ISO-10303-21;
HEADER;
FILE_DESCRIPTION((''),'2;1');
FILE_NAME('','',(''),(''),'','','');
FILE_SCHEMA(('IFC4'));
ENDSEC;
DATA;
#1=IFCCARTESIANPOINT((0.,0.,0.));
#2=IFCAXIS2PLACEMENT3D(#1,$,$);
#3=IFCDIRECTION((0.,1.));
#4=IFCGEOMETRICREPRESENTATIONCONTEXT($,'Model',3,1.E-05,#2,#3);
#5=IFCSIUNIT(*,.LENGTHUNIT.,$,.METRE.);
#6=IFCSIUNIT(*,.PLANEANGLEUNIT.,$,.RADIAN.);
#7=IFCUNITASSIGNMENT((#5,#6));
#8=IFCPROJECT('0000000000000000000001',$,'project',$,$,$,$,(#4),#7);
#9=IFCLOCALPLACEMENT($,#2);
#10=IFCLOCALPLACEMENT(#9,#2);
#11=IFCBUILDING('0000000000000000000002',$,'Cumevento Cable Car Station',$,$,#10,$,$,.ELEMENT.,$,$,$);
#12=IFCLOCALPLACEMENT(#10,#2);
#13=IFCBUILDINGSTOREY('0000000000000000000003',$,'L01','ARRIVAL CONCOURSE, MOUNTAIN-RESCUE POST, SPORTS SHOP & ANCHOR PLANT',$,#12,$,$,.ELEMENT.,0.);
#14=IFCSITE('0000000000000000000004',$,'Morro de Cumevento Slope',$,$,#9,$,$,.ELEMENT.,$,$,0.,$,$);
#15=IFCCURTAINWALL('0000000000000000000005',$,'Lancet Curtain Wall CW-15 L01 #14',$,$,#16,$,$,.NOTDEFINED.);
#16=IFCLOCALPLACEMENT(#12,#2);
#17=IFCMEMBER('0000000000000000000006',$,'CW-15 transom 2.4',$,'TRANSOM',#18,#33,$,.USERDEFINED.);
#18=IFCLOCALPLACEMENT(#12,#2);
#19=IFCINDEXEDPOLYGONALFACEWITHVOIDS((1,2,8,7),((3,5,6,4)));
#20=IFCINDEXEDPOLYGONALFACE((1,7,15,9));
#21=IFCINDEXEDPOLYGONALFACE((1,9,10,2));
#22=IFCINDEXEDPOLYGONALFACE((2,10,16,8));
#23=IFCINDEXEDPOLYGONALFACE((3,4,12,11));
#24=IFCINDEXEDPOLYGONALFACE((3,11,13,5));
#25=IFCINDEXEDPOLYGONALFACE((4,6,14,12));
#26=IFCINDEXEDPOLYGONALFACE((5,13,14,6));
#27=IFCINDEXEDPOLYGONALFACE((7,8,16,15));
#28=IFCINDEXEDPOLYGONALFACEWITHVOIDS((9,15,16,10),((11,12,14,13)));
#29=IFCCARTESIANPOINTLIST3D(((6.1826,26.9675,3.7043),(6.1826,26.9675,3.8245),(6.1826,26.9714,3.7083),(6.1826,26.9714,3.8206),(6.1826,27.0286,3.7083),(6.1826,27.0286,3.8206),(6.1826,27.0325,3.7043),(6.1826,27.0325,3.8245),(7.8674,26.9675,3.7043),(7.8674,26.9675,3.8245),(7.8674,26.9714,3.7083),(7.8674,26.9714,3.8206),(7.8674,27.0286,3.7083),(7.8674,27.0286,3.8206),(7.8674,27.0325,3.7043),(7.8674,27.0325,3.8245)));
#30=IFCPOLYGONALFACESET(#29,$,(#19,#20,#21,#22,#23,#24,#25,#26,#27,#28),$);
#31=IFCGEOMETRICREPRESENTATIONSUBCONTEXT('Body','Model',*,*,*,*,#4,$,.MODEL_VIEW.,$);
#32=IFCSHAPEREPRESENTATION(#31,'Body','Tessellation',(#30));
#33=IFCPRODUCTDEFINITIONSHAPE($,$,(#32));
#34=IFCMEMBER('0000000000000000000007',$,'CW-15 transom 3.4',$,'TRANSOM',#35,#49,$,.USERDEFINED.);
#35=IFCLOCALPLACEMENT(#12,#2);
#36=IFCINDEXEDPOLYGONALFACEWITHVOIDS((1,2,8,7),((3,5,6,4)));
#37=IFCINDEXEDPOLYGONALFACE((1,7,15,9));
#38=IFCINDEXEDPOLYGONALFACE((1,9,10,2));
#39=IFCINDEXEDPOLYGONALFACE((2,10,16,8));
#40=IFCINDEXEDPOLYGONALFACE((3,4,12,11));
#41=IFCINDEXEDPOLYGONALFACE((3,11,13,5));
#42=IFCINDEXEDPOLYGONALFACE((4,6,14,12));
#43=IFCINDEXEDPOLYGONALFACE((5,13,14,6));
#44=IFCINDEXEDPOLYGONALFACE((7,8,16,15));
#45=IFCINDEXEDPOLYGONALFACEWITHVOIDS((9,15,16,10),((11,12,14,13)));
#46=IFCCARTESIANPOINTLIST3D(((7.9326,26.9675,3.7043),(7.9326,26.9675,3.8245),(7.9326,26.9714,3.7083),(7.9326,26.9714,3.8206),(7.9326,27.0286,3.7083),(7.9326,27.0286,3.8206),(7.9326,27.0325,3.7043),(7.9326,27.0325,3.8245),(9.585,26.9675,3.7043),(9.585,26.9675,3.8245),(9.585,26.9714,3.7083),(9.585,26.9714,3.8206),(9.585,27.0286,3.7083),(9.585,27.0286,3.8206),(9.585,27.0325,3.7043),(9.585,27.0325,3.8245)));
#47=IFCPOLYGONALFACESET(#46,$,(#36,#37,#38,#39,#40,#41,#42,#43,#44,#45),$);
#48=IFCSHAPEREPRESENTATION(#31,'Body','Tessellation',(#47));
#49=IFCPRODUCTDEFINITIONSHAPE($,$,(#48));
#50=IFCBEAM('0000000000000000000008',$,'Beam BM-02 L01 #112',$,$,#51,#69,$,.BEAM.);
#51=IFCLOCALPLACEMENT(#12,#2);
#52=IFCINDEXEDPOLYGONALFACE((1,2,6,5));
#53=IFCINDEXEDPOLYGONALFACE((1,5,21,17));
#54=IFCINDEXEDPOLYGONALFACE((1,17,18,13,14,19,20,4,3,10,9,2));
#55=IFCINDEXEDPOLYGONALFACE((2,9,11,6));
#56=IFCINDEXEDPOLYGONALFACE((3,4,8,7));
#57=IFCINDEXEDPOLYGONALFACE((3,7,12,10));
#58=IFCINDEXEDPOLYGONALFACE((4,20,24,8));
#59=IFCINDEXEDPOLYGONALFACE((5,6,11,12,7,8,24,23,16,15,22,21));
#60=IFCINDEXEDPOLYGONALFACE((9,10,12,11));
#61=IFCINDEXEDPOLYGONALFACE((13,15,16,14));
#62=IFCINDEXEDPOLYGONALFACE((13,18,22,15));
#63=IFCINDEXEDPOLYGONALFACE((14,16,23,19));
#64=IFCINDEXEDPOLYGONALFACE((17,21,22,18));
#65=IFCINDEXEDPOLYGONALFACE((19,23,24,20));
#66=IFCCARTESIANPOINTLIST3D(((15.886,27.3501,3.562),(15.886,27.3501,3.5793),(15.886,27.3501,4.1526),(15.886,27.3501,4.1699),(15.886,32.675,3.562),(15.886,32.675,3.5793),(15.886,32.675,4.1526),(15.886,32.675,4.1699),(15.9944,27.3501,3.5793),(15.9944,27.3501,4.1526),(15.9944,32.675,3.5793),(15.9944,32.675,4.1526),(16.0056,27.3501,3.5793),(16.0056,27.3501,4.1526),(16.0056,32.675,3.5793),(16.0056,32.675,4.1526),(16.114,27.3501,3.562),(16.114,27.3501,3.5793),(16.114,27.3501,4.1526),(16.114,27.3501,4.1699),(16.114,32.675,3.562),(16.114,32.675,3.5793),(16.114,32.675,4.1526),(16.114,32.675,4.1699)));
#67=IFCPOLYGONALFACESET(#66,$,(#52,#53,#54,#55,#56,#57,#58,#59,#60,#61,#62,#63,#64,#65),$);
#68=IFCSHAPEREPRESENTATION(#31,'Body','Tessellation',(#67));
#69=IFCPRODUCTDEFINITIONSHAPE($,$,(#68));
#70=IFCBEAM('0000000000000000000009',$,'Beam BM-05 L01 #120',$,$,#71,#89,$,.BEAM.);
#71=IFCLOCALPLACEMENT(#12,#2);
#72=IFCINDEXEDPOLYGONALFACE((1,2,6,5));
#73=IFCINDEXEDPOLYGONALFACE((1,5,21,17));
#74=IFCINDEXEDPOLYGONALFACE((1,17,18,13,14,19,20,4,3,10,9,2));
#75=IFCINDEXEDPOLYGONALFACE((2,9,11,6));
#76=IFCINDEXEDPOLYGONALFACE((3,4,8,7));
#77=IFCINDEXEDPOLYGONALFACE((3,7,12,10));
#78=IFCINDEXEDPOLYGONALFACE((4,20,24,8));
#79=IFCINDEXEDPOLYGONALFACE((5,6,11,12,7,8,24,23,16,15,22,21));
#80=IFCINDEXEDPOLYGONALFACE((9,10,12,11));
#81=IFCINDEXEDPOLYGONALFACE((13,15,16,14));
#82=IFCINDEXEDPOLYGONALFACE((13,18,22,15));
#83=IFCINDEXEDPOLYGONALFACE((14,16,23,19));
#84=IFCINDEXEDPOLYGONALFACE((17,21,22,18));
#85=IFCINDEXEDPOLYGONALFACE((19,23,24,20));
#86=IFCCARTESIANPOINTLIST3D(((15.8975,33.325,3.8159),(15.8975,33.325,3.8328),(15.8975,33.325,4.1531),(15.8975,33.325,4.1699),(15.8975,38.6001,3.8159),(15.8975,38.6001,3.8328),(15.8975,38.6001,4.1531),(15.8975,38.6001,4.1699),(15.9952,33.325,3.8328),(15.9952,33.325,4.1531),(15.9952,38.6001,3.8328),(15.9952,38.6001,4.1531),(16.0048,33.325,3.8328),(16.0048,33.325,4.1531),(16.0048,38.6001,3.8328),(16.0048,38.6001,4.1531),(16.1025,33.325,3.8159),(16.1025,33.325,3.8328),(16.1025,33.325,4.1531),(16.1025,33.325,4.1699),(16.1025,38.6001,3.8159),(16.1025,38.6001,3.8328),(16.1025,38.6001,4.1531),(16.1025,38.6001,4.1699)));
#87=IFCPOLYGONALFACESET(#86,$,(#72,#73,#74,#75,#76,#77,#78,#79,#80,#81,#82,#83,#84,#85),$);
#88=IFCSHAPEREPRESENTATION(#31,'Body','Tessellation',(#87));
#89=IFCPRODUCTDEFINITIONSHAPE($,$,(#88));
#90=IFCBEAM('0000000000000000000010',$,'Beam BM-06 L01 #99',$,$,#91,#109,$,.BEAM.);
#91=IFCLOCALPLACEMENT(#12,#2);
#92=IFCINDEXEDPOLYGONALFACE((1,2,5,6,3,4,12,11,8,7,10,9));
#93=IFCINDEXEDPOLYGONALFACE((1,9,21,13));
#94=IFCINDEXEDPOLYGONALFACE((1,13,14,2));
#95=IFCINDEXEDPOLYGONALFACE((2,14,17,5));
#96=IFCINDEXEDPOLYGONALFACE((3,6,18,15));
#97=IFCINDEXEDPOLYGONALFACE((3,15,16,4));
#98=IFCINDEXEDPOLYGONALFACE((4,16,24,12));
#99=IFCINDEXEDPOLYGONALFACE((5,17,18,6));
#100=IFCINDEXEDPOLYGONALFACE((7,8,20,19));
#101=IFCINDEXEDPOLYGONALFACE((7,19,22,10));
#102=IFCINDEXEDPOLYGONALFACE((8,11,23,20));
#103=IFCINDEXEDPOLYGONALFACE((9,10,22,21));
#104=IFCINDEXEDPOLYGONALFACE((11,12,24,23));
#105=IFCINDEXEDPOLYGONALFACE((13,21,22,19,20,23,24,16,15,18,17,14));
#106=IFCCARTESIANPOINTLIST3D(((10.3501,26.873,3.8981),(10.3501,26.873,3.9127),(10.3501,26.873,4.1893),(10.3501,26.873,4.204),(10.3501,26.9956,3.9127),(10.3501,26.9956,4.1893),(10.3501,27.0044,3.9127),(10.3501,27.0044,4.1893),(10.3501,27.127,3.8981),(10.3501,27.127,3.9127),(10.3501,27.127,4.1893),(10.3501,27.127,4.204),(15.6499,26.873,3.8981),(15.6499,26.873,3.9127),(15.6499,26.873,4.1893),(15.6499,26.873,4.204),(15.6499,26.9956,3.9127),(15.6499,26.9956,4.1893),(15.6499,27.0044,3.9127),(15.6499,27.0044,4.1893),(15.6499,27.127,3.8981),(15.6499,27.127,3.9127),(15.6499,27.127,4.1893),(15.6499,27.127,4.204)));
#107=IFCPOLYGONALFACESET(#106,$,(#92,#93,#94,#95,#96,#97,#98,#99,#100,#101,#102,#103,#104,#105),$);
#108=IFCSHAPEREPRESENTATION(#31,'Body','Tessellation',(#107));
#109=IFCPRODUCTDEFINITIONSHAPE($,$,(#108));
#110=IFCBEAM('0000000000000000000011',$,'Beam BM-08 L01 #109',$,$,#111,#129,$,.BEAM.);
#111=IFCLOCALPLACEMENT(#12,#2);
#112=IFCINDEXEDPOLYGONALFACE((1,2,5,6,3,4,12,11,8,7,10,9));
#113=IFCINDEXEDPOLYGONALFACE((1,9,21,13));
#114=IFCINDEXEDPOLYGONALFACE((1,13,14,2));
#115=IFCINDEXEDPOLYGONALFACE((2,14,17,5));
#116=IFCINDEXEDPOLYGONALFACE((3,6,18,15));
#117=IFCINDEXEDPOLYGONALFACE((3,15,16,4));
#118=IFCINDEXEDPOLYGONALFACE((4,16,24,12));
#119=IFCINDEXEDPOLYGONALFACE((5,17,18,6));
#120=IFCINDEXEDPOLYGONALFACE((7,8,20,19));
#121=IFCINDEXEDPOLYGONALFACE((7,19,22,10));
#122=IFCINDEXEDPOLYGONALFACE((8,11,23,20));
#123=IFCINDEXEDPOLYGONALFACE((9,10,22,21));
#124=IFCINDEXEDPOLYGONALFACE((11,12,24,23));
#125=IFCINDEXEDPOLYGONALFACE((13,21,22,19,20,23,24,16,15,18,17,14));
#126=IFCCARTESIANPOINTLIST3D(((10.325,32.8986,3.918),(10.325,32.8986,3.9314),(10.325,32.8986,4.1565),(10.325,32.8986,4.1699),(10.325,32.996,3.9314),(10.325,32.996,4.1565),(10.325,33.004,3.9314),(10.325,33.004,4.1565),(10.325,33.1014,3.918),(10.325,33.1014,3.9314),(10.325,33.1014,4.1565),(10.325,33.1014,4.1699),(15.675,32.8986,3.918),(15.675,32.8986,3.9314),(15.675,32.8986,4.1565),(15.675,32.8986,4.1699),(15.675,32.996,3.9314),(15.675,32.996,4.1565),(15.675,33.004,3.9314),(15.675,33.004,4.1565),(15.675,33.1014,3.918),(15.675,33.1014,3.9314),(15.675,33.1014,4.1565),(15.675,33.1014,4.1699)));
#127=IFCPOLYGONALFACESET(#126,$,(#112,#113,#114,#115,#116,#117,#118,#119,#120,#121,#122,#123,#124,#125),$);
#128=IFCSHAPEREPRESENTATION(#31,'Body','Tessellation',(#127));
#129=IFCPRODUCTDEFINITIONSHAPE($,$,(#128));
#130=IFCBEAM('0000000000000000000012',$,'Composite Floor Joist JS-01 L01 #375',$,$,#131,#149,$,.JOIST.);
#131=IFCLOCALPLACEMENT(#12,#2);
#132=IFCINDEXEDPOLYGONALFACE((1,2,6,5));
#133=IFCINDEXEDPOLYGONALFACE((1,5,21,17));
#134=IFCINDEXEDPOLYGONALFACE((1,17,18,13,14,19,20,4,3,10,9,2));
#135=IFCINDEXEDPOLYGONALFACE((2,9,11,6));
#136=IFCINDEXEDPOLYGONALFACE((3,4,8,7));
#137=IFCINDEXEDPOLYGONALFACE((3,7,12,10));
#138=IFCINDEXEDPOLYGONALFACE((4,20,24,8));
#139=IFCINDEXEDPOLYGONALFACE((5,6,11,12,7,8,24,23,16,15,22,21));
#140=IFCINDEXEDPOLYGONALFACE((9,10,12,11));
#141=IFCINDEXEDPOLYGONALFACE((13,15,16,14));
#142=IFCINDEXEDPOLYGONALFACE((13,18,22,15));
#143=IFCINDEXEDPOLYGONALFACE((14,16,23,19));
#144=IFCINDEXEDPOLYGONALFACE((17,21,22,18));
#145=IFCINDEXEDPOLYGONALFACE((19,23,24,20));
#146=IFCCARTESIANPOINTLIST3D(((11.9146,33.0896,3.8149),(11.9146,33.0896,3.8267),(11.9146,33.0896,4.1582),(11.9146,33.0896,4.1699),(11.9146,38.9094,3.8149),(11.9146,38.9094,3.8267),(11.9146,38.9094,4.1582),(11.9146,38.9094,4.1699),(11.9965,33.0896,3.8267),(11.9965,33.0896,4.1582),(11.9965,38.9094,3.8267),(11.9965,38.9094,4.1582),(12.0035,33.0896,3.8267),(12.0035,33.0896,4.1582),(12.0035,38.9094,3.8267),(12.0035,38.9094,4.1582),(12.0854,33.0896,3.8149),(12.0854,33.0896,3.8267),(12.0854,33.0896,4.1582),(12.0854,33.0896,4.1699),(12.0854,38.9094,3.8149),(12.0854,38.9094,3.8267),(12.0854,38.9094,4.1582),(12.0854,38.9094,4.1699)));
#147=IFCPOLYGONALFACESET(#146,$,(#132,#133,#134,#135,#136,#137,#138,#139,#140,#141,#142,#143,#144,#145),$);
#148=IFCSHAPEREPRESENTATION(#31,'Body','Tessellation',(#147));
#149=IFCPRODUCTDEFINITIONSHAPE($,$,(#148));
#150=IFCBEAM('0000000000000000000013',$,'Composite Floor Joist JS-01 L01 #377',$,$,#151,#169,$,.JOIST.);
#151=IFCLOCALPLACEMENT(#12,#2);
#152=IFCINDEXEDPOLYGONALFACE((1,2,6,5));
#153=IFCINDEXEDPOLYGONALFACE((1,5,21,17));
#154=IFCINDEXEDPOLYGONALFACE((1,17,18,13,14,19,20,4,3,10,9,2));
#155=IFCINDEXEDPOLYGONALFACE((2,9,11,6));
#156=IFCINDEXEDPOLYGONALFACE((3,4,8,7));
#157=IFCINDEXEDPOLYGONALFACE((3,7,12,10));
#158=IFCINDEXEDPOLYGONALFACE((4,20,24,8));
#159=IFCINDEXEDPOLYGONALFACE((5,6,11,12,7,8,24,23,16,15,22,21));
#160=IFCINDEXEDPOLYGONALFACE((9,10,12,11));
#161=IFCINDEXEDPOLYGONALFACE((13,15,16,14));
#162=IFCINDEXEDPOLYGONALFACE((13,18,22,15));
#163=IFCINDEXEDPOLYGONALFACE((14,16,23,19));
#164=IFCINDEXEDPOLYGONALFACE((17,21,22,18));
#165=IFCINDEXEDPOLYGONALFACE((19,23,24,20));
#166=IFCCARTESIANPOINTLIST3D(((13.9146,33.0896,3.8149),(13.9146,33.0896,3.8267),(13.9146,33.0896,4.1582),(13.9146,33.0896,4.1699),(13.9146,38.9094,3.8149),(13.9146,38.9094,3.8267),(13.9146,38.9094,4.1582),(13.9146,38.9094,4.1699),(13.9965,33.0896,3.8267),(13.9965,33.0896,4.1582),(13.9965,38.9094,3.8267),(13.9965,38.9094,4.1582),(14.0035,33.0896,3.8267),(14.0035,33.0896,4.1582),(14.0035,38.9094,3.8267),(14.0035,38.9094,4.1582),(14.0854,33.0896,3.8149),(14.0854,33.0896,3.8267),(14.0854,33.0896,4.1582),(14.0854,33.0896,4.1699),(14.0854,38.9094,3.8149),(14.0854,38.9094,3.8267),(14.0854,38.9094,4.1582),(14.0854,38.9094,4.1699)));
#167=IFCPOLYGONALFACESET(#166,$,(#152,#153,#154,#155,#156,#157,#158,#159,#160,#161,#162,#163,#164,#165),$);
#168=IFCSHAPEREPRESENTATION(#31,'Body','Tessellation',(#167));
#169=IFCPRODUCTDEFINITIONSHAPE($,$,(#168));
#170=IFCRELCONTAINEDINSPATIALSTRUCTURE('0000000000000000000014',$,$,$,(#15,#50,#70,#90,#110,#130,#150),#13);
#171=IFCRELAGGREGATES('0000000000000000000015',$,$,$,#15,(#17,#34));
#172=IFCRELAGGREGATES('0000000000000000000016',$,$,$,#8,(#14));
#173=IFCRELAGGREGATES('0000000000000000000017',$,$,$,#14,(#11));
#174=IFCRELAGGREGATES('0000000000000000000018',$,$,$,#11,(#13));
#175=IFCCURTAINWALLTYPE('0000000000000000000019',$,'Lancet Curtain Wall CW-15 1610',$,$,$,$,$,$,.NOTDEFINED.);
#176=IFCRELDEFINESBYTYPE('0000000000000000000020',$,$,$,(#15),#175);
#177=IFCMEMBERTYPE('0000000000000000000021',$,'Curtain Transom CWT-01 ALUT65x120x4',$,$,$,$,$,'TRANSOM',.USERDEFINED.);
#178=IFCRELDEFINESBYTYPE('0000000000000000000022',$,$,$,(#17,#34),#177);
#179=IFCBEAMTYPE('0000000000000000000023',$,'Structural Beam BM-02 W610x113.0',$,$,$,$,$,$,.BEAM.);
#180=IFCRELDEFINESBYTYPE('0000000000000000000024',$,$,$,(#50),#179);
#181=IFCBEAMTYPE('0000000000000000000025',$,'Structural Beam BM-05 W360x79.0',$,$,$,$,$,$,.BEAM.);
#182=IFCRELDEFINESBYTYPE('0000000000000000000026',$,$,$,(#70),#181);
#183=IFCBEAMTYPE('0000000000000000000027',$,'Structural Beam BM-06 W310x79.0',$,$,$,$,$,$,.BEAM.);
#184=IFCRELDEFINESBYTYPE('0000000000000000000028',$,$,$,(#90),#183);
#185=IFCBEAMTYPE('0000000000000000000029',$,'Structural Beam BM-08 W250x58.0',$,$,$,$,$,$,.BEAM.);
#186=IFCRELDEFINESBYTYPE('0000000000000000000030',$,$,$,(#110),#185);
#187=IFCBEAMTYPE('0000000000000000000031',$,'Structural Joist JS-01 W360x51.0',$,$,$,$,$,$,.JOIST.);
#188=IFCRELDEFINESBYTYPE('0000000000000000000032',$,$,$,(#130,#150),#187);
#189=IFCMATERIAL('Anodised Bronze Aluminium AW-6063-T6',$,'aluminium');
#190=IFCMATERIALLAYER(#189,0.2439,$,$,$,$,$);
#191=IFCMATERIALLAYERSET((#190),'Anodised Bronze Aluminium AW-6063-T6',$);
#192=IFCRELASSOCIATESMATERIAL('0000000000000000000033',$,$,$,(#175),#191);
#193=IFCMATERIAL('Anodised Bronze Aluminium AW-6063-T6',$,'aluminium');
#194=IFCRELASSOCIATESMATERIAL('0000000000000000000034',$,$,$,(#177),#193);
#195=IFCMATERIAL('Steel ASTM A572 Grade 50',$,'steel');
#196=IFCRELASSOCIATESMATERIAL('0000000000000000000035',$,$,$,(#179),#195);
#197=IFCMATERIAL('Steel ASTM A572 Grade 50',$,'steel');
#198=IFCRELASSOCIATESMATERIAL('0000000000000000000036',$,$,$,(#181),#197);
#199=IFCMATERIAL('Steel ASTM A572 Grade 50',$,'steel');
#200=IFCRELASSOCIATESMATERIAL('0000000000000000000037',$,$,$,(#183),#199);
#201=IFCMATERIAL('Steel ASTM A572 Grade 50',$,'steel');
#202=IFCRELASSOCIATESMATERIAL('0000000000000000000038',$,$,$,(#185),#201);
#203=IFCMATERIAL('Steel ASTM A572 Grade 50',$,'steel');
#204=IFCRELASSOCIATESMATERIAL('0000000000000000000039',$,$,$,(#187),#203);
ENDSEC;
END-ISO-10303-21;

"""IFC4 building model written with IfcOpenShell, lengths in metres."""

from ifc_helpers import new_model, si_unit, direction, frame, origin, origin_2d, place, context, subcontext, project, spatial, hollow_rectangle, i_section, extrude, material, layer, layer_set, material_profile, profile_set, type_object, element, aggregate, save


model = new_model("IFC4")

# Units and contexts
model_context = context("Model", 3, precision=1e-05, world=origin(), true_north=direction((0.0, 1.0)))
body_context = subcontext(model_context, "Body", "Model", "MODEL_VIEW")
ifc_project = project(units=[si_unit("LENGTHUNIT", "METRE"), si_unit("PLANEANGLEUNIT", "RADIAN")], contexts=[model_context])

# Site, building, storey
site_placement = place(None, origin())
site = spatial("IfcSite", under=ifc_project, at=site_placement, Name="Morro de Cumevento Slope", CompositionType="ELEMENT", RefElevation=0.0)
building_placement = place(site_placement, origin())
building = spatial("IfcBuilding", under=site, at=building_placement, Name="Cumevento Cable Car Station", CompositionType="ELEMENT")
storey_placement = place(building_placement, origin())
storey = spatial("IfcBuildingStorey", under=building, at=storey_placement, Name="L01", Description="ARRIVAL CONCOURSE, MOUNTAIN-RESCUE POST, SPORTS SHOP & ANCHOR PLANT", CompositionType="ELEMENT", Elevation=0.0)

# Curtain wall, members
ifc_material_1 = material(Name="Anodised Bronze Aluminium AW-6063-T6", Category="aluminium")
ifc_layer = layer(ifc_material_1, 0.2439)
ifc_layer_set = layer_set([ifc_layer], Name="Anodised Bronze Aluminium AW-6063-T6")
curtain_wall_type = type_object("IfcCurtainWallType", Name="Lancet Curtain Wall CW-15 1610", PredefinedType="NOTDEFINED", material=ifc_layer_set)
curtain_wall_placement = place(storey_placement, origin())
curtain_wall = element("IfcCurtainWall", 1, at=curtain_wall_placement, inside=storey, type_object=curtain_wall_type, Name="Lancet Curtain Wall CW-15 L01 #14", PredefinedType="NOTDEFINED")
ifc_material_2 = material(Name="Anodised Bronze Aluminium AW-6063-T6", Category="aluminium")
ifc_material_profile_1 = material_profile(ifc_material_2, hollow_rectangle(XDim=0.0649, YDim=0.1201, WallThickness=0.0039, at=origin_2d()), Name="ALUT65x120x4")
ifc_profile_set_1 = profile_set([ifc_material_profile_1], Name="Anodised Bronze Aluminium AW-6063-T6")
member_type = type_object("IfcMemberType", Name="Curtain Transom CWT-01 ALUT65x120x4", ElementType="TRANSOM", PredefinedType="USERDEFINED", material=ifc_profile_set_1)
member_1_placement = place(storey_placement, frame((6.1826, 27.0, 3.7644), z_axis=(1.0, 0.0, 0.0), x_axis=(0.0, 1.0, 0.0)))
member_1 = element("IfcMember", 2, at=member_1_placement, type_object=member_type, Name="CW-15 transom 2.4", ObjectType="TRANSOM", PredefinedType="USERDEFINED", context=body_context, shape_type="SweptSolid", body=[
    extrude(hollow_rectangle(XDim=0.0649, YDim=0.1201, WallThickness=0.0039, at=origin_2d()), origin(), (0.0, 0.0, 1.0), 1.6848),
])
member_2_placement = place(storey_placement, frame((7.9326, 27.0, 3.7644), z_axis=(1.0, 0.0, 0.0), x_axis=(0.0, 1.0, 0.0)))
member_2 = element("IfcMember", 3, at=member_2_placement, type_object=member_type, Name="CW-15 transom 3.4", ObjectType="TRANSOM", PredefinedType="USERDEFINED", context=body_context, shape_type="SweptSolid", body=[
    extrude(hollow_rectangle(XDim=0.0649, YDim=0.1201, WallThickness=0.0039, at=origin_2d()), origin(), (0.0, 0.0, 1.0), 1.6523),
])
aggregate(curtain_wall, [member_1, member_2])

# Beams
ifc_material_3 = material(Name="Steel ASTM A572 Grade 50", Category="steel")
ifc_material_profile_2 = material_profile(ifc_material_3, i_section(OverallWidth=0.228, OverallDepth=0.6079, WebThickness=0.0112, FlangeThickness=0.0173, at=origin_2d()), Name="W610x113.0")
ifc_profile_set_2 = profile_set([ifc_material_profile_2], Name="Steel ASTM A572 Grade 50")
beam_type_1 = type_object("IfcBeamType", Name="Structural Beam BM-02 W610x113.0", PredefinedType="BEAM", material=ifc_profile_set_2)
beam_1_placement = place(storey_placement, frame((16.0, 27.3501, 3.866), z_axis=(0.0, 1.0, 0.0), x_axis=(-1.0, 0.0, 0.0)))
element("IfcBeam", 4, at=beam_1_placement, inside=storey, type_object=beam_type_1, Name="Beam BM-02 L01 #112", PredefinedType="BEAM", context=body_context, shape_type="SweptSolid", body=[
    extrude(i_section(OverallWidth=0.228, OverallDepth=0.6079, WebThickness=0.0112, FlangeThickness=0.0173, at=origin_2d()), origin(), (0.0, 0.0, 1.0), 5.325),
])
ifc_material_4 = material(Name="Steel ASTM A572 Grade 50", Category="steel")
ifc_material_profile_3 = material_profile(ifc_material_4, i_section(OverallWidth=0.2051, OverallDepth=0.354, WebThickness=0.0095, FlangeThickness=0.0168, at=origin_2d()), Name="W360x79.0")
ifc_profile_set_3 = profile_set([ifc_material_profile_3], Name="Steel ASTM A572 Grade 50")
beam_type_2 = type_object("IfcBeamType", Name="Structural Beam BM-05 W360x79.0", PredefinedType="BEAM", material=ifc_profile_set_3)
beam_2_placement = place(storey_placement, frame((16.0, 33.325, 3.9929), z_axis=(0.0, 1.0, 0.0), x_axis=(-1.0, 0.0, 0.0)))
element("IfcBeam", 5, at=beam_2_placement, inside=storey, type_object=beam_type_2, Name="Beam BM-05 L01 #120", PredefinedType="BEAM", context=body_context, shape_type="SweptSolid", body=[
    extrude(i_section(OverallWidth=0.2051, OverallDepth=0.354, WebThickness=0.0095, FlangeThickness=0.0168, at=origin_2d()), origin(), (0.0, 0.0, 1.0), 5.2751),
])
ifc_material_5 = material(Name="Steel ASTM A572 Grade 50", Category="steel")
ifc_material_profile_4 = material_profile(ifc_material_5, i_section(OverallWidth=0.2539, OverallDepth=0.3059, WebThickness=0.0088, FlangeThickness=0.0146, at=origin_2d()), Name="W310x79.0")
ifc_profile_set_4 = profile_set([ifc_material_profile_4], Name="Steel ASTM A572 Grade 50")
beam_type_3 = type_object("IfcBeamType", Name="Structural Beam BM-06 W310x79.0", PredefinedType="BEAM", material=ifc_profile_set_4)
beam_3_placement = place(storey_placement, frame((10.3501, 27.0, 4.051), z_axis=(1.0, 0.0, 0.0), x_axis=(0.0, 1.0, 0.0)))
element("IfcBeam", 6, at=beam_3_placement, inside=storey, type_object=beam_type_3, Name="Beam BM-06 L01 #99", PredefinedType="BEAM", context=body_context, shape_type="SweptSolid", body=[
    extrude(i_section(OverallWidth=0.2539, OverallDepth=0.3059, WebThickness=0.0088, FlangeThickness=0.0146, at=origin_2d()), origin(), (0.0, 0.0, 1.0), 5.2998),
])
ifc_material_6 = material(Name="Steel ASTM A572 Grade 50", Category="steel")
ifc_material_profile_5 = material_profile(ifc_material_6, i_section(OverallWidth=0.2029, OverallDepth=0.252, WebThickness=0.0081, FlangeThickness=0.0134, at=origin_2d()), Name="W250x58.0")
ifc_profile_set_5 = profile_set([ifc_material_profile_5], Name="Steel ASTM A572 Grade 50")
beam_type_4 = type_object("IfcBeamType", Name="Structural Beam BM-08 W250x58.0", PredefinedType="BEAM", material=ifc_profile_set_5)
beam_4_placement = place(storey_placement, frame((10.325, 33.0, 4.0439), z_axis=(1.0, 0.0, 0.0), x_axis=(0.0, 1.0, 0.0)))
element("IfcBeam", 7, at=beam_4_placement, inside=storey, type_object=beam_type_4, Name="Beam BM-08 L01 #109", PredefinedType="BEAM", context=body_context, shape_type="SweptSolid", body=[
    extrude(i_section(OverallWidth=0.2029, OverallDepth=0.252, WebThickness=0.0081, FlangeThickness=0.0134, at=origin_2d()), origin(), (0.0, 0.0, 1.0), 5.3501),
])
ifc_material_7 = material(Name="Steel ASTM A572 Grade 50", Category="steel")
ifc_material_profile_6 = material_profile(ifc_material_7, i_section(OverallWidth=0.1709, OverallDepth=0.355, WebThickness=0.0071, FlangeThickness=0.0117, at=origin_2d()), Name="W360x51.0")
ifc_profile_set_6 = profile_set([ifc_material_profile_6], Name="Steel ASTM A572 Grade 50")
beam_type_5 = type_object("IfcBeamType", Name="Structural Joist JS-01 W360x51.0", PredefinedType="JOIST", material=ifc_profile_set_6)
for number, where, z_axis, x_axis, name in (
    (8, (12.0, 33.0896, 3.9924), (0.0, 1.0, 0.0), (-1.0, 0.0, 0.0), "Composite Floor Joist JS-01 L01 #375"),
    (9, (14.0, 33.0896, 3.9924), (0.0, 1.0, 0.0), (-1.0, 0.0, 0.0), "Composite Floor Joist JS-01 L01 #377"),
):
    element("IfcBeam", number, at=place(storey_placement, frame(where, z_axis=z_axis, x_axis=x_axis)), inside=storey, type_object=beam_type_5, Name=name, PredefinedType="JOIST", context=body_context, shape_type="SweptSolid", body=[
        extrude(i_section(OverallWidth=0.1709, OverallDepth=0.355, WebThickness=0.0071, FlangeThickness=0.0117, at=origin_2d()), origin(), (0.0, 0.0, 1.0), 5.8198),
    ])

save(model, "model.ifc")
